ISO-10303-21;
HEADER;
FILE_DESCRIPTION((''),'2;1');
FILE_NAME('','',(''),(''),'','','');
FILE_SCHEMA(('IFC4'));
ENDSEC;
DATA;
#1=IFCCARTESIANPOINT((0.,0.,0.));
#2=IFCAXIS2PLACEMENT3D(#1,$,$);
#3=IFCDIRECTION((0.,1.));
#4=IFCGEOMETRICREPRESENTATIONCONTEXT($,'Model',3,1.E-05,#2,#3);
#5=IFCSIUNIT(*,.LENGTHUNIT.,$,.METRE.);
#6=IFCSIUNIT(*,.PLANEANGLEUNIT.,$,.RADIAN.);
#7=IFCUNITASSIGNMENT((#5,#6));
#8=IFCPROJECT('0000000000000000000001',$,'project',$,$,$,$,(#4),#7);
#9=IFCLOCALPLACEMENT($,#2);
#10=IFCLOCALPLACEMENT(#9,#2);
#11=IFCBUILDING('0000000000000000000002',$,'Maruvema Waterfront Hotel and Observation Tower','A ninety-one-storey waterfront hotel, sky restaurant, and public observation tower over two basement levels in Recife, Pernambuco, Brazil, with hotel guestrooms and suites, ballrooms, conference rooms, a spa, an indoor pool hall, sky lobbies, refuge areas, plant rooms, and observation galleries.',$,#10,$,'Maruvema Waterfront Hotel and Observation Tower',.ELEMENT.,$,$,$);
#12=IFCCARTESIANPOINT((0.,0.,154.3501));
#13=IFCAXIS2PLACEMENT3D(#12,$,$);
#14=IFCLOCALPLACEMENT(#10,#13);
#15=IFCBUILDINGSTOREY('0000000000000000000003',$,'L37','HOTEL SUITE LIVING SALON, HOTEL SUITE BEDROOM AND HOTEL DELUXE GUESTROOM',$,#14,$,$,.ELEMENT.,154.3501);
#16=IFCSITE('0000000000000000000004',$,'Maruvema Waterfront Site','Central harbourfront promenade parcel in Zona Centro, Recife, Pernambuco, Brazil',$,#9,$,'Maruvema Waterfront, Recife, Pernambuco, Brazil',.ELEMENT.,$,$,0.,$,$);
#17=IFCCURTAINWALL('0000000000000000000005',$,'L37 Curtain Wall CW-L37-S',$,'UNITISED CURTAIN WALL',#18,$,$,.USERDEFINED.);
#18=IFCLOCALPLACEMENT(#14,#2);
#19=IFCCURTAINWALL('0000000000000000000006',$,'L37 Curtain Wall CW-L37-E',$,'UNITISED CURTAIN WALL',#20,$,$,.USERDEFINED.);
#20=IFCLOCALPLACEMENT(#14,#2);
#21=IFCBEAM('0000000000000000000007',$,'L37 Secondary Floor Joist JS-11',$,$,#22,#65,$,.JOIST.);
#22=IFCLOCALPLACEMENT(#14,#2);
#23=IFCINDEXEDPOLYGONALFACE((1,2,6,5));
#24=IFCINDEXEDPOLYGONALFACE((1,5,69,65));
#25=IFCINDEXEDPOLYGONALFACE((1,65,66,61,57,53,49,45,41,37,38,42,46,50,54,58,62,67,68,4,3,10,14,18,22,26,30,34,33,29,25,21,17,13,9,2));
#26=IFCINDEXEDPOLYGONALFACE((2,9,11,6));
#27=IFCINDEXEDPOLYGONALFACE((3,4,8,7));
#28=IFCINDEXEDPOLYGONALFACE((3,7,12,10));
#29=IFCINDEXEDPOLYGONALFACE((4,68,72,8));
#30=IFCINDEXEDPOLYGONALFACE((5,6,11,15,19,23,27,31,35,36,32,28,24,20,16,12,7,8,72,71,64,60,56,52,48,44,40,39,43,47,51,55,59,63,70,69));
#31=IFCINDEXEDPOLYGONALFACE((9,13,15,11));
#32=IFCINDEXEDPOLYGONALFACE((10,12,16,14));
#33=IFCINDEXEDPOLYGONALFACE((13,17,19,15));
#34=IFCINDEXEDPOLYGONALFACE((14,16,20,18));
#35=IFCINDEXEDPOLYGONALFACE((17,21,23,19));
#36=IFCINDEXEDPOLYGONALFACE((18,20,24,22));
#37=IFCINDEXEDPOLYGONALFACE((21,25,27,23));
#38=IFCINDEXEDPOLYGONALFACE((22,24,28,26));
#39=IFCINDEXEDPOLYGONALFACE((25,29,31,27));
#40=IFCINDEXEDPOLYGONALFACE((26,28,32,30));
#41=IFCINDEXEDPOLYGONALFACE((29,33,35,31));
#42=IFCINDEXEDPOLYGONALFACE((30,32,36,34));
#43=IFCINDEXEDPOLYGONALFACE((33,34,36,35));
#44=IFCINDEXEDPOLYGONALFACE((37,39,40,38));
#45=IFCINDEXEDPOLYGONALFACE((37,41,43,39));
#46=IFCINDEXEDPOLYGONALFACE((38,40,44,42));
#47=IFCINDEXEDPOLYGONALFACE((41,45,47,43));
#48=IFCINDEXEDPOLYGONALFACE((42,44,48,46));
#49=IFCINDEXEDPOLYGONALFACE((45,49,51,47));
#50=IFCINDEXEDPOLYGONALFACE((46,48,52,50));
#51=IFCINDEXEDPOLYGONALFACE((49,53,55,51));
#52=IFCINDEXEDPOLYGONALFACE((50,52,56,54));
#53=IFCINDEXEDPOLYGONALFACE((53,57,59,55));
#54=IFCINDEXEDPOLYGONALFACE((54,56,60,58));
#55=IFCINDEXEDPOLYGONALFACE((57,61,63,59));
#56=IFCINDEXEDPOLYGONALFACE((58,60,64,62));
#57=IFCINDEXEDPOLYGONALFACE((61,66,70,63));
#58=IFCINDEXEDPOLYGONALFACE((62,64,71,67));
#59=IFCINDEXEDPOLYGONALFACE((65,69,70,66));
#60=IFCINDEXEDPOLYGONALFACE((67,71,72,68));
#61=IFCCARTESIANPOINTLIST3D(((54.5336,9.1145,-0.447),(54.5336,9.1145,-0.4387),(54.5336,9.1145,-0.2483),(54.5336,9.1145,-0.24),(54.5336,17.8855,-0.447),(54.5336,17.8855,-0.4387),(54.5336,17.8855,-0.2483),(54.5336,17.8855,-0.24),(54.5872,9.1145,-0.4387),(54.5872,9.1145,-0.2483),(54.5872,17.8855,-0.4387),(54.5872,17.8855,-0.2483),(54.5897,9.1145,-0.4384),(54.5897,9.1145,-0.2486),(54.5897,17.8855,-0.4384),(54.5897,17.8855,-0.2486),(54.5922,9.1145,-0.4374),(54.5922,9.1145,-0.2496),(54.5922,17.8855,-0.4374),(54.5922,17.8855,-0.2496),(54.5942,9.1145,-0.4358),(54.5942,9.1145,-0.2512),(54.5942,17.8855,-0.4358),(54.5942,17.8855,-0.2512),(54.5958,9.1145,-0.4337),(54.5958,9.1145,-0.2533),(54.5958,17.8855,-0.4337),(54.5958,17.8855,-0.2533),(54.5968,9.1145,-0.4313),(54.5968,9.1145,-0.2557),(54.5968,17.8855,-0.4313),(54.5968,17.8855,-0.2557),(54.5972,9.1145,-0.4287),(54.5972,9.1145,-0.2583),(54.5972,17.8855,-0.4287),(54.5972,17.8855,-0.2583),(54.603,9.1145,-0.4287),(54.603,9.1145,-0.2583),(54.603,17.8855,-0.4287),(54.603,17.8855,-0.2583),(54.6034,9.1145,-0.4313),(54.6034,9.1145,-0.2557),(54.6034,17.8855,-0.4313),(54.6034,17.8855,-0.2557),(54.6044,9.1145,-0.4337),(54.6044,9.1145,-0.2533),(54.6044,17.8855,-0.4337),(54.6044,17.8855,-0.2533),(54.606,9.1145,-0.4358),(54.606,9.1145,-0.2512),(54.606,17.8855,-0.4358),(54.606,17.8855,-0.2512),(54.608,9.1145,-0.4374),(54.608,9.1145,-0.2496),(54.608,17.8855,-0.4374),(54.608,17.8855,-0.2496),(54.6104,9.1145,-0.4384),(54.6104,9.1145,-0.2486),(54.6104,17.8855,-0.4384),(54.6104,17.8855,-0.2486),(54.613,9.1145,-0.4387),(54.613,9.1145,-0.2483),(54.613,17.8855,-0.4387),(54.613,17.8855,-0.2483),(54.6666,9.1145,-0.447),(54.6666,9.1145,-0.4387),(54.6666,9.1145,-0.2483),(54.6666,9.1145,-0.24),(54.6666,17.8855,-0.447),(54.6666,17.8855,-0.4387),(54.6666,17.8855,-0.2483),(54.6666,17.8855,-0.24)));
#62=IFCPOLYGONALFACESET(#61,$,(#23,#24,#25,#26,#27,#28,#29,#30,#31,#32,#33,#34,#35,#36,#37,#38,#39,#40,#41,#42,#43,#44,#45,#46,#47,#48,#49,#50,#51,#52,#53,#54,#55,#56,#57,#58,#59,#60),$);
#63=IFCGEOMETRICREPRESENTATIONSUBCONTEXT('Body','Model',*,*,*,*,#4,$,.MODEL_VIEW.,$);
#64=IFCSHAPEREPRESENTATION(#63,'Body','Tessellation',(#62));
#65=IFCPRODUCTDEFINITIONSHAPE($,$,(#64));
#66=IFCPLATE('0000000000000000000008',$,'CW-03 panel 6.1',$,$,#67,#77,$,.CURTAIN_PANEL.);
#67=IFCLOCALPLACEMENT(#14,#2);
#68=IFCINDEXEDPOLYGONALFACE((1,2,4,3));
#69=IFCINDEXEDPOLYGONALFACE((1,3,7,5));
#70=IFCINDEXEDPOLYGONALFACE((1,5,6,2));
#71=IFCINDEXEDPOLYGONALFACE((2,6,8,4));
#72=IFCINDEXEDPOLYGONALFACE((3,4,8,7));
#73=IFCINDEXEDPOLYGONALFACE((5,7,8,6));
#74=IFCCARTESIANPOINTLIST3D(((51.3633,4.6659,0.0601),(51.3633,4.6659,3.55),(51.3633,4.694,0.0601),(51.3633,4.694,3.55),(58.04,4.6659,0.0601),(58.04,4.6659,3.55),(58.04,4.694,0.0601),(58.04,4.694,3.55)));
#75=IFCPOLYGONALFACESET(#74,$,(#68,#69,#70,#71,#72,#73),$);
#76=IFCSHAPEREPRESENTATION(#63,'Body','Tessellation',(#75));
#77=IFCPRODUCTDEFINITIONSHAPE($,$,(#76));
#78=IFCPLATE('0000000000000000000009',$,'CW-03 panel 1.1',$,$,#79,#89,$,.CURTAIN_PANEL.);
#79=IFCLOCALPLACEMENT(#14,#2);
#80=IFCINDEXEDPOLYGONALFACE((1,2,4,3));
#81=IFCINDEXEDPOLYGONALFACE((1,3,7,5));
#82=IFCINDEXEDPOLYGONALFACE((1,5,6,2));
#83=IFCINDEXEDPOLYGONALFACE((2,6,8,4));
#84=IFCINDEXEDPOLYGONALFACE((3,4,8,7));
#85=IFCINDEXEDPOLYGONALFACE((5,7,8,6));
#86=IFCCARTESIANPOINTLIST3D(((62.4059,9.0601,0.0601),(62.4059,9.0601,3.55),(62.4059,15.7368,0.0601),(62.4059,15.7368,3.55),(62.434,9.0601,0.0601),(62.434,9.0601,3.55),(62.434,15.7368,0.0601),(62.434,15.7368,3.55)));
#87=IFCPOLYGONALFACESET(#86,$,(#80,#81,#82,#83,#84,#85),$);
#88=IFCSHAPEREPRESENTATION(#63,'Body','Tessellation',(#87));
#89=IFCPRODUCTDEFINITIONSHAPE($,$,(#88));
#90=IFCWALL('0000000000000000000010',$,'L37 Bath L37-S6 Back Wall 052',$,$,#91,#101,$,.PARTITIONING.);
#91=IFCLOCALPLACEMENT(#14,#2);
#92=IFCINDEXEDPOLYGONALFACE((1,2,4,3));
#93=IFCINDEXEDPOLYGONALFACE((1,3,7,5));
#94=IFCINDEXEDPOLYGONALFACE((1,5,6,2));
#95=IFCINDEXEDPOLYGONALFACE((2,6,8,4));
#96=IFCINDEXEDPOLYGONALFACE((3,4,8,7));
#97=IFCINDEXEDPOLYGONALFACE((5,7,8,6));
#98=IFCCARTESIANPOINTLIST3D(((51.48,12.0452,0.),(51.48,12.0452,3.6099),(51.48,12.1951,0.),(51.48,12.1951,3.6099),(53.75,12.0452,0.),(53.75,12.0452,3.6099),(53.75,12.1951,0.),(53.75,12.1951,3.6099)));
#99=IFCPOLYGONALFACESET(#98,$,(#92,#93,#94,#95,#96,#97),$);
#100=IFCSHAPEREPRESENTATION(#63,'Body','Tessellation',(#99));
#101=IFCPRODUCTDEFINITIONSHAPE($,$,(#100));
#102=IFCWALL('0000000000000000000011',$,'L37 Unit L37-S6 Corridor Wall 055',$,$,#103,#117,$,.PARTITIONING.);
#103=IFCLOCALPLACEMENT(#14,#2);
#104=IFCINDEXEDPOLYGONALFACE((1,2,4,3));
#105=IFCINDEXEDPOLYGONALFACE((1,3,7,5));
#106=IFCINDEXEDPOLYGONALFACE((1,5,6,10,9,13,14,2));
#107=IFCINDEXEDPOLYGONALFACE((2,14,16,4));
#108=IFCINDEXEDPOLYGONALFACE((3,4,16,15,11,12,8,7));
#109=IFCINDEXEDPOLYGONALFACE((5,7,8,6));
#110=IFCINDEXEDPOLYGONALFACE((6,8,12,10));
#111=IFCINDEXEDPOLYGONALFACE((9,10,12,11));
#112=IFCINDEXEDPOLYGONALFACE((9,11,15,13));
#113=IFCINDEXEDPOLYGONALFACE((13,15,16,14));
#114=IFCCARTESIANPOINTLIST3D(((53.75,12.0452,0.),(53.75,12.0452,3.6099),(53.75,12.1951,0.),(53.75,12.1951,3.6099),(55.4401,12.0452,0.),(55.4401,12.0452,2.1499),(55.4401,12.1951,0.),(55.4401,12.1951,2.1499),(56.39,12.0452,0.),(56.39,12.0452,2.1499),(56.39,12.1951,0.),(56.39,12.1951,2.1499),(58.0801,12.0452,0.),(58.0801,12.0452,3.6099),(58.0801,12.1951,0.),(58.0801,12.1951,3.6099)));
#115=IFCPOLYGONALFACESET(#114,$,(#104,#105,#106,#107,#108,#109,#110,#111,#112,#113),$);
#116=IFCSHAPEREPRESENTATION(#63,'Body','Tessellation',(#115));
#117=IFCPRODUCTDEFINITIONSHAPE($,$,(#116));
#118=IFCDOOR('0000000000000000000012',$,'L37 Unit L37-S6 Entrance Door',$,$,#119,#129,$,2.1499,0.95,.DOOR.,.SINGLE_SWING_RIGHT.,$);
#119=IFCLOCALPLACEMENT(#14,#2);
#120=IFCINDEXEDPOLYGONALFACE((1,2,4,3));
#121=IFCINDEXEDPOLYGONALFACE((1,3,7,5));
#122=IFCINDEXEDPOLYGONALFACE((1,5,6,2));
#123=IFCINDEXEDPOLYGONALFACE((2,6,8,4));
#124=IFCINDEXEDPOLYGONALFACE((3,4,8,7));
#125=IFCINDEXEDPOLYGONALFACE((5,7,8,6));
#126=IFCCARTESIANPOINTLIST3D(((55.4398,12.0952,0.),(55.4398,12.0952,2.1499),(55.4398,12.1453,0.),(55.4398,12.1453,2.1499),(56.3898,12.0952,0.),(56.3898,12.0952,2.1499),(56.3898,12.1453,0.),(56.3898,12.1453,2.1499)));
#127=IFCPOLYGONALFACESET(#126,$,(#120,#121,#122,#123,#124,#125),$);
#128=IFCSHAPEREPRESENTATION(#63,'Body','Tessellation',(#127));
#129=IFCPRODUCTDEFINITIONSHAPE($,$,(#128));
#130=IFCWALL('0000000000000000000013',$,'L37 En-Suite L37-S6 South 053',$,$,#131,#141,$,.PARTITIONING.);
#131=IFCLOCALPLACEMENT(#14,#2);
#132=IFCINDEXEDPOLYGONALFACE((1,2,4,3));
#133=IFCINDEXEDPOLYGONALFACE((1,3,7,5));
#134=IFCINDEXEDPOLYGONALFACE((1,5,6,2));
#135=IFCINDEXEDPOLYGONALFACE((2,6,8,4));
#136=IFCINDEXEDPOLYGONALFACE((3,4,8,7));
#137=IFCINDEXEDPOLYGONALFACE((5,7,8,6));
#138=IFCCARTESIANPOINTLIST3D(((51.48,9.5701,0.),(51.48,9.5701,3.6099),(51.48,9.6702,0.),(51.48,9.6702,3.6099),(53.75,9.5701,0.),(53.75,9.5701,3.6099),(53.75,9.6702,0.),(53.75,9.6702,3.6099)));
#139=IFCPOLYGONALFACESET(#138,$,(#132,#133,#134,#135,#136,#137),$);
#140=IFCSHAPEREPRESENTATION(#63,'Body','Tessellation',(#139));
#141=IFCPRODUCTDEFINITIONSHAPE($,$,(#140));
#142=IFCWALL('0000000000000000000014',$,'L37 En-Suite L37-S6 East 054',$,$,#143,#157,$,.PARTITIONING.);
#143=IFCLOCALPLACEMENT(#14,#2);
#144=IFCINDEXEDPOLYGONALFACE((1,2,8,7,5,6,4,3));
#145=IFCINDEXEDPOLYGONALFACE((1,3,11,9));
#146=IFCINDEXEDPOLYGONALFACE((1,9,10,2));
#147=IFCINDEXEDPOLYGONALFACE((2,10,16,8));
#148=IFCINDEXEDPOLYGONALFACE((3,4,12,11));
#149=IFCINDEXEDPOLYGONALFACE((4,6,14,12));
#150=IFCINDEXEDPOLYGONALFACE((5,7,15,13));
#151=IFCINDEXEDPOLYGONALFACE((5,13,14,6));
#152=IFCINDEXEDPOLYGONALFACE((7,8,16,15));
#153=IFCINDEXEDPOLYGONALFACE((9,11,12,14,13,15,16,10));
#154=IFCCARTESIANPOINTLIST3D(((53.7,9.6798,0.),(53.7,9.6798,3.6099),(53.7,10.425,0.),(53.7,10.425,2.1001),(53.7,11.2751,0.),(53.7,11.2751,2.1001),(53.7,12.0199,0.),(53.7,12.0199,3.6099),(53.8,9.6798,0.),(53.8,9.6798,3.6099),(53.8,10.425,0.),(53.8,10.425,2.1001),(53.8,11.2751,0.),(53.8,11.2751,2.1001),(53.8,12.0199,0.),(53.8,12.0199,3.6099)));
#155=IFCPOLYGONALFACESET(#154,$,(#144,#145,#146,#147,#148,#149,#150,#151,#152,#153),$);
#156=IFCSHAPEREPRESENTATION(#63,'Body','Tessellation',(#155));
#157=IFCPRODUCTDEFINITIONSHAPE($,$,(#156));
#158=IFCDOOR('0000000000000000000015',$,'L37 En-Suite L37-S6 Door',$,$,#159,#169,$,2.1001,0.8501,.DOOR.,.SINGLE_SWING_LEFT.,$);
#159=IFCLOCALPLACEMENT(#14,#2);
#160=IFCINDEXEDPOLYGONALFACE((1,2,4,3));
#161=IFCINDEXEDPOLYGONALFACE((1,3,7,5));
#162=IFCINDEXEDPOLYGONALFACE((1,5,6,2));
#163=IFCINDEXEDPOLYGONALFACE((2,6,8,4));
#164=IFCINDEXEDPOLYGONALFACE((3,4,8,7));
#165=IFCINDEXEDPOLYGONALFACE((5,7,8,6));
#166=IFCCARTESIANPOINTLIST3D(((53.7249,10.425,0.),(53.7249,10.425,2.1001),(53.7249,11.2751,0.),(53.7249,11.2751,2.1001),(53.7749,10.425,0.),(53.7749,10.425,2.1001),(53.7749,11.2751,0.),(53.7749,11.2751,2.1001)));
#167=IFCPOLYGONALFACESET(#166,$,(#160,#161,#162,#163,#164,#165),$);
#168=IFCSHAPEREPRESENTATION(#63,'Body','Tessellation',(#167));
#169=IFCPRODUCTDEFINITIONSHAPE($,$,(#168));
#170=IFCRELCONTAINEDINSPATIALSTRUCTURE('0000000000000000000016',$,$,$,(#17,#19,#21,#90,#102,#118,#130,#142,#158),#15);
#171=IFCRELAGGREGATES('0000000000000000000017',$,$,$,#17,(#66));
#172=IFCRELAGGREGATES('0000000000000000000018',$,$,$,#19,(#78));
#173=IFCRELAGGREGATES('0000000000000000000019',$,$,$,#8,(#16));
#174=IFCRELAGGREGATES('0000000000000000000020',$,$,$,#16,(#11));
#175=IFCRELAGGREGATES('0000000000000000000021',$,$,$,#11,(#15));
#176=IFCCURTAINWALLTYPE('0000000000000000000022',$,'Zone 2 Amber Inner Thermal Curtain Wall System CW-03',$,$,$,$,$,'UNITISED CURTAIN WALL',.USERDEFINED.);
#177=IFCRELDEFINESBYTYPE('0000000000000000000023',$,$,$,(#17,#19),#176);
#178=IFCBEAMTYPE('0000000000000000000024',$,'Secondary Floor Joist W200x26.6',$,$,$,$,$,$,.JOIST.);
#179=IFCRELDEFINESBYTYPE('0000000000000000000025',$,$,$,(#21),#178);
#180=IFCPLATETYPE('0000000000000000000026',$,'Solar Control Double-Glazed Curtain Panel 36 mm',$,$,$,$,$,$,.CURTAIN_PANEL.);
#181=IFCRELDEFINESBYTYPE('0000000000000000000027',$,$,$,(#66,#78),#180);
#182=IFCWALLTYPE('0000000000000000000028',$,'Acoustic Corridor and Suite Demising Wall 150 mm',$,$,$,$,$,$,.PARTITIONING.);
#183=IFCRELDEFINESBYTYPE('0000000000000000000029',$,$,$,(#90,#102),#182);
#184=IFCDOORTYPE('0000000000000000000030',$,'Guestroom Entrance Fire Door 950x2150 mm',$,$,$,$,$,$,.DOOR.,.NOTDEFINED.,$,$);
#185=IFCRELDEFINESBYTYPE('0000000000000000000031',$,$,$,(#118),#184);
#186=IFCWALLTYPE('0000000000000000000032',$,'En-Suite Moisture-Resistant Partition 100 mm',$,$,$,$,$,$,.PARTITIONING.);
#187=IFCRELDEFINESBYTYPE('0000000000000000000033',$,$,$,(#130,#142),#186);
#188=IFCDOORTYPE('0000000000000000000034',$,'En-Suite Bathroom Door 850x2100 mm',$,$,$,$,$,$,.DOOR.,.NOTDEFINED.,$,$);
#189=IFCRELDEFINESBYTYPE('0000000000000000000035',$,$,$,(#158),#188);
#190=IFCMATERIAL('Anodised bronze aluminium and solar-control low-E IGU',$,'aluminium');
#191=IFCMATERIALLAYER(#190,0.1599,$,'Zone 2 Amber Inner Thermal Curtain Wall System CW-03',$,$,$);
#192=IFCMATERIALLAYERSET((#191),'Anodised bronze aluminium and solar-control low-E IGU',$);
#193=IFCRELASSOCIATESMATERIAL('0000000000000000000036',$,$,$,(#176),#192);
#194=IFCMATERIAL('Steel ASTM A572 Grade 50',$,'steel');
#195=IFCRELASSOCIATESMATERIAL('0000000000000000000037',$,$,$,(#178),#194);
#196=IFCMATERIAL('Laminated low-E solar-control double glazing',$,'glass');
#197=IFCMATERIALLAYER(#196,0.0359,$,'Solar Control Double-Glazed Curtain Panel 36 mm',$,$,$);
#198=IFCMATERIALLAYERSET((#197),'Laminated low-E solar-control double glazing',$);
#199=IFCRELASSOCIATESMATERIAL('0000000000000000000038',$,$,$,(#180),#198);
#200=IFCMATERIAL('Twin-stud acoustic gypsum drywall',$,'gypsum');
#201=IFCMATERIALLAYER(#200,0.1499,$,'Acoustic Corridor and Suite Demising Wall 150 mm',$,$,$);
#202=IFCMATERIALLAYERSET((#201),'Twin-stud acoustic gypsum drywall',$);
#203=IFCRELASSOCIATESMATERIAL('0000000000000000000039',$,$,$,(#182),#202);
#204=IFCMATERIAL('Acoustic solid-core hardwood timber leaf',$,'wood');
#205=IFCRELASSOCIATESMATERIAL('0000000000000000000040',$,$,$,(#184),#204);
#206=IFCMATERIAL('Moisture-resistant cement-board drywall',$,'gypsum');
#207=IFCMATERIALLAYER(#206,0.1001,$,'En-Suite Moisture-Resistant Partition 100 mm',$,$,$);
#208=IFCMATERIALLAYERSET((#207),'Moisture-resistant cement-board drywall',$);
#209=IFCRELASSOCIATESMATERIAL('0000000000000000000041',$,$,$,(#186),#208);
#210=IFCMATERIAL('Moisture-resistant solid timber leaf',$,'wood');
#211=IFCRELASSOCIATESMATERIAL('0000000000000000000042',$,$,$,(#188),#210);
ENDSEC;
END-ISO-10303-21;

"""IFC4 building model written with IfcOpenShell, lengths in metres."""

from ifc_helpers import new_model, si_unit, direction, frame, frame_2d, origin, origin_2d, place, context, subcontext, project, spatial, rectangle, i_section, extrude, material, layer, layer_set, material_profile, profile_set, type_object, element, fill, aggregate, save


model = new_model("IFC4")

# Units and contexts
model_context = context("Model", 3, precision=1e-05, world=origin(), true_north=direction((0.0, 1.0)))
body_context = subcontext(model_context, "Body", "Model", "MODEL_VIEW")
ifc_project = project(units=[si_unit("LENGTHUNIT", "METRE"), si_unit("PLANEANGLEUNIT", "RADIAN")], contexts=[model_context])

# Site, building, storey
site_placement = place(None, origin())
site = spatial("IfcSite", under=ifc_project, at=site_placement, Name="Maruvema Waterfront Site", Description="Central harbourfront promenade parcel in Zona Centro, Recife, Pernambuco, Brazil", LongName="Maruvema Waterfront, Recife, Pernambuco, Brazil", CompositionType="ELEMENT", RefElevation=0.0)
building_placement = place(site_placement, origin())
building = spatial("IfcBuilding", under=site, at=building_placement, Name="Maruvema Waterfront Hotel and Observation Tower", Description="A ninety-one-storey waterfront hotel, sky restaurant, and public observation tower over two basement levels in Recife, Pernambuco, Brazil, with hotel guestrooms and suites, ballrooms, conference rooms, a spa, an indoor pool hall, sky lobbies, refuge areas, plant rooms, and observation galleries.", LongName="Maruvema Waterfront Hotel and Observation Tower", CompositionType="ELEMENT")
storey_placement = place(building_placement, frame((0.0, 0.0, 154.3501)))
storey = spatial("IfcBuildingStorey", under=building, at=storey_placement, Name="L37", Description="HOTEL SUITE LIVING SALON, HOTEL SUITE BEDROOM AND HOTEL DELUXE GUESTROOM", CompositionType="ELEMENT", Elevation=154.3501)

# Curtain walls
ifc_material_1 = material(Name="Anodised bronze aluminium and solar-control low-E IGU", Category="aluminium")
ifc_layer_1 = layer(ifc_material_1, 0.1599, Name="Zone 2 Amber Inner Thermal Curtain Wall System CW-03")
ifc_layer_set_1 = layer_set([ifc_layer_1], Name="Anodised bronze aluminium and solar-control low-E IGU")
curtain_wall_type = type_object("IfcCurtainWallType", Name="Zone 2 Amber Inner Thermal Curtain Wall System CW-03", ElementType="UNITISED CURTAIN WALL", PredefinedType="USERDEFINED", material=ifc_layer_set_1)
curtain_wall_1_placement = place(storey_placement, origin())
curtain_wall_1 = element("IfcCurtainWall", 1, at=curtain_wall_1_placement, inside=storey, type_object=curtain_wall_type, Name="L37 Curtain Wall CW-L37-S", ObjectType="UNITISED CURTAIN WALL", PredefinedType="USERDEFINED")
curtain_wall_2_placement = place(storey_placement, origin())
curtain_wall_2 = element("IfcCurtainWall", 2, at=curtain_wall_2_placement, inside=storey, type_object=curtain_wall_type, Name="L37 Curtain Wall CW-L37-E", ObjectType="UNITISED CURTAIN WALL", PredefinedType="USERDEFINED")

# Beam
ifc_material_2 = material(Name="Steel ASTM A572 Grade 50", Category="steel")
ifc_material_profile_1 = material_profile(ifc_material_2, i_section(OverallWidth=0.1331, OverallDepth=0.207, WebThickness=0.0059, FlangeThickness=0.0083, FilletRadius=0.01, at=origin_2d()), Name="W200x26.6")
ifc_profile_set_1 = profile_set([ifc_material_profile_1], Name="Steel ASTM A572 Grade 50")
beam_type_1 = type_object("IfcBeamType", Name="Secondary Floor Joist W200x26.6", PredefinedType="JOIST", material=ifc_profile_set_1)
beam_1_placement = place(storey_placement, frame((54.6001, 9.1145, -0.3435), z_axis=(0.0, 1.0, 0.0), x_axis=(-1.0, 0.0, 0.0)))
element("IfcBeam", 3, at=beam_1_placement, inside=storey, type_object=beam_type_1, Name="L37 Secondary Floor Joist JS-11", PredefinedType="JOIST", context=body_context, shape_type="SweptSolid", body=[
    extrude(i_section(OverallWidth=0.1331, OverallDepth=0.207, WebThickness=0.0059, FlangeThickness=0.0083, FilletRadius=0.01, at=origin_2d()), origin(), (0.0, 0.0, 1.0), 8.771),
])

# Plates
ifc_material_3 = material(Name="Laminated low-E solar-control double glazing", Category="glass")
ifc_layer_2 = layer(ifc_material_3, 0.0359, Name="Solar Control Double-Glazed Curtain Panel 36 mm")
ifc_layer_set_2 = layer_set([ifc_layer_2], Name="Laminated low-E solar-control double glazing")
plate_type = type_object("IfcPlateType", Name="Solar Control Double-Glazed Curtain Panel 36 mm", PredefinedType="CURTAIN_PANEL", material=ifc_layer_set_2)
plate_1_placement = place(storey_placement, frame((54.7017, 4.6799, 0.0601), z_axis=(0.0, 0.0, 1.0), x_axis=(1.0, 0.0, 0.0)))
plate_1 = element("IfcPlate", 4, at=plate_1_placement, type_object=plate_type, Name="CW-03 panel 6.1", PredefinedType="CURTAIN_PANEL", context=body_context, shape_type="SweptSolid", body=[
    extrude(rectangle(XDim=6.6768, YDim=0.0281, at=origin_2d()), origin(), (0.0, 0.0, 1.0), 3.49),
])
aggregate(curtain_wall_1, [plate_1])
plate_2_placement = place(storey_placement, frame((62.4199, 12.3984, 0.0601), z_axis=(0.0, 0.0, 1.0), x_axis=(0.0, 1.0, 0.0)))
plate_2 = element("IfcPlate", 5, at=plate_2_placement, type_object=plate_type, Name="CW-03 panel 1.1", PredefinedType="CURTAIN_PANEL", context=body_context, shape_type="SweptSolid", body=[
    extrude(rectangle(XDim=6.6768, YDim=0.0281, at=origin_2d()), origin(), (0.0, 0.0, 1.0), 3.49),
])
aggregate(curtain_wall_2, [plate_2])

# Wall
ifc_material_4 = material(Name="Twin-stud acoustic gypsum drywall", Category="gypsum")
ifc_layer_3 = layer(ifc_material_4, 0.1499, Name="Acoustic Corridor and Suite Demising Wall 150 mm")
ifc_layer_set_3 = layer_set([ifc_layer_3], Name="Twin-stud acoustic gypsum drywall")
wall_type_1 = type_object("IfcWallType", Name="Acoustic Corridor and Suite Demising Wall 150 mm", PredefinedType="PARTITIONING", material=ifc_layer_set_3)
wall_1_placement = place(storey_placement, frame((51.48, 12.1201, 0.0), z_axis=(0.0, 0.0, 1.0), x_axis=(1.0, 0.0, 0.0)))
element("IfcWall", 6, at=wall_1_placement, inside=storey, type_object=wall_type_1, Name="L37 Bath L37-S6 Back Wall 052", PredefinedType="PARTITIONING", context=body_context, shape_type="SweptSolid", body=[
    extrude(rectangle(XDim=2.27, YDim=0.1499, at=frame_2d((1.135, 0.0))), origin(), (0.0, 0.0, 1.0), 3.6099),
])

# Wall, opening, door
wall_2_placement = place(storey_placement, frame((53.75, 12.1201, 0.0), z_axis=(0.0, 0.0, 1.0), x_axis=(1.0, 0.0, 0.0)))
wall_2 = element("IfcWall", 7, at=wall_2_placement, inside=storey, type_object=wall_type_1, Name="L37 Unit L37-S6 Corridor Wall 055", PredefinedType="PARTITIONING", context=body_context, shape_type="SweptSolid", body=[
    extrude(rectangle(XDim=4.3301, YDim=0.1499, at=frame_2d((2.165, 0.0))), origin(), (0.0, 0.0, 1.0), 3.6099),
])
opening_1_placement = place(wall_2_placement, frame((1.6899, 0.0, 0.0)))
opening_1 = element("IfcOpeningElement", 8, at=opening_1_placement, cuts=wall_2, PredefinedType="OPENING", context=body_context, shape_type="SweptSolid", body=[
    extrude(rectangle(XDim=0.95, YDim=2.1499, at=frame_2d((0.4751, 1.075))), frame((0.0, 0.085, 0.0), z_axis=(0.0, -1.0, 0.0), x_axis=(1.0, 0.0, 0.0)), (0.0, 0.0, 1.0), 0.1699),
])
ifc_material_5 = material(Name="Acoustic solid-core hardwood timber leaf", Category="wood")
door_type_1 = type_object("IfcDoorType", Name="Guestroom Entrance Fire Door 950x2150 mm", OperationType="NOTDEFINED", PredefinedType="DOOR", material=ifc_material_5)
door_1_placement = place(opening_1_placement, frame((0.95, 0.0, 0.0), z_axis=(0.0, 0.0, 1.0), x_axis=(-1.0, 0.0, 0.0)))
door_1 = element("IfcDoor", 9, at=door_1_placement, inside=storey, type_object=door_type_1, Name="L37 Unit L37-S6 Entrance Door", OperationType="SINGLE_SWING_RIGHT", OverallHeight=2.1499, OverallWidth=0.95, PredefinedType="DOOR", context=body_context, shape_type="SweptSolid", body=[
    extrude(rectangle(XDim=0.95, YDim=2.1499, at=frame_2d((0.4751, 1.075))), frame((0.0, 0.0249, 0.0), z_axis=(0.0, -1.0, 0.0), x_axis=(1.0, 0.0, 0.0)), (0.0, 0.0, 1.0), 0.05),
])
fill(opening_1, door_1)

# Wall
ifc_material_6 = material(Name="Moisture-resistant cement-board drywall", Category="gypsum")
ifc_layer_4 = layer(ifc_material_6, 0.1001, Name="En-Suite Moisture-Resistant Partition 100 mm")
ifc_layer_set_4 = layer_set([ifc_layer_4], Name="Moisture-resistant cement-board drywall")
wall_type_2 = type_object("IfcWallType", Name="En-Suite Moisture-Resistant Partition 100 mm", PredefinedType="PARTITIONING", material=ifc_layer_set_4)
wall_3_placement = place(storey_placement, frame((51.48, 9.6201, 0.0), z_axis=(0.0, 0.0, 1.0), x_axis=(1.0, 0.0, 0.0)))
element("IfcWall", 10, at=wall_3_placement, inside=storey, type_object=wall_type_2, Name="L37 En-Suite L37-S6 South 053", PredefinedType="PARTITIONING", context=body_context, shape_type="SweptSolid", body=[
    extrude(rectangle(XDim=2.27, YDim=0.1001, at=frame_2d((1.135, 0.0))), origin(), (0.0, 0.0, 1.0), 3.6099),
])

# Wall, opening, door
wall_4_placement = place(storey_placement, frame((53.75, 9.6799, 0.0), z_axis=(0.0, 0.0, 1.0), x_axis=(0.0, 1.0, 0.0)))
wall_4 = element("IfcWall", 11, at=wall_4_placement, inside=storey, type_object=wall_type_2, Name="L37 En-Suite L37-S6 East 054", PredefinedType="PARTITIONING", context=body_context, shape_type="SweptSolid", body=[
    extrude(rectangle(XDim=2.3401, YDim=0.1001, at=frame_2d((1.1699, 0.0))), origin(), (0.0, 0.0, 1.0), 3.6099),
])
opening_2_placement = place(wall_4_placement, frame((0.7451, 0.0, 0.0)))
opening_2 = element("IfcOpeningElement", 12, at=opening_2_placement, cuts=wall_4, PredefinedType="OPENING", context=body_context, shape_type="SweptSolid", body=[
    extrude(rectangle(XDim=0.8501, YDim=2.1001, at=frame_2d((0.425, 1.05))), frame((0.0, 0.0601, 0.0), z_axis=(0.0, -1.0, 0.0), x_axis=(1.0, 0.0, 0.0)), (0.0, 0.0, 1.0), 0.1201),
])
ifc_material_7 = material(Name="Moisture-resistant solid timber leaf", Category="wood")
door_type_2 = type_object("IfcDoorType", Name="En-Suite Bathroom Door 850x2100 mm", OperationType="NOTDEFINED", PredefinedType="DOOR", material=ifc_material_7)
door_2_placement = place(opening_2_placement, frame((0.8501, 0.0, 0.0), z_axis=(0.0, 0.0, 1.0), x_axis=(-1.0, 0.0, 0.0)))
door_2 = element("IfcDoor", 13, at=door_2_placement, inside=storey, type_object=door_type_2, Name="L37 En-Suite L37-S6 Door", OperationType="SINGLE_SWING_LEFT", OverallHeight=2.1001, OverallWidth=0.8501, PredefinedType="DOOR", context=body_context, shape_type="SweptSolid", body=[
    extrude(rectangle(XDim=0.8501, YDim=2.1001, at=frame_2d((0.425, 1.05))), frame((0.0, 0.0249, 0.0), z_axis=(0.0, -1.0, 0.0), x_axis=(1.0, 0.0, 0.0)), (0.0, 0.0, 1.0), 0.05),
])
fill(opening_2, door_2)

save(model, "model.ifc")
